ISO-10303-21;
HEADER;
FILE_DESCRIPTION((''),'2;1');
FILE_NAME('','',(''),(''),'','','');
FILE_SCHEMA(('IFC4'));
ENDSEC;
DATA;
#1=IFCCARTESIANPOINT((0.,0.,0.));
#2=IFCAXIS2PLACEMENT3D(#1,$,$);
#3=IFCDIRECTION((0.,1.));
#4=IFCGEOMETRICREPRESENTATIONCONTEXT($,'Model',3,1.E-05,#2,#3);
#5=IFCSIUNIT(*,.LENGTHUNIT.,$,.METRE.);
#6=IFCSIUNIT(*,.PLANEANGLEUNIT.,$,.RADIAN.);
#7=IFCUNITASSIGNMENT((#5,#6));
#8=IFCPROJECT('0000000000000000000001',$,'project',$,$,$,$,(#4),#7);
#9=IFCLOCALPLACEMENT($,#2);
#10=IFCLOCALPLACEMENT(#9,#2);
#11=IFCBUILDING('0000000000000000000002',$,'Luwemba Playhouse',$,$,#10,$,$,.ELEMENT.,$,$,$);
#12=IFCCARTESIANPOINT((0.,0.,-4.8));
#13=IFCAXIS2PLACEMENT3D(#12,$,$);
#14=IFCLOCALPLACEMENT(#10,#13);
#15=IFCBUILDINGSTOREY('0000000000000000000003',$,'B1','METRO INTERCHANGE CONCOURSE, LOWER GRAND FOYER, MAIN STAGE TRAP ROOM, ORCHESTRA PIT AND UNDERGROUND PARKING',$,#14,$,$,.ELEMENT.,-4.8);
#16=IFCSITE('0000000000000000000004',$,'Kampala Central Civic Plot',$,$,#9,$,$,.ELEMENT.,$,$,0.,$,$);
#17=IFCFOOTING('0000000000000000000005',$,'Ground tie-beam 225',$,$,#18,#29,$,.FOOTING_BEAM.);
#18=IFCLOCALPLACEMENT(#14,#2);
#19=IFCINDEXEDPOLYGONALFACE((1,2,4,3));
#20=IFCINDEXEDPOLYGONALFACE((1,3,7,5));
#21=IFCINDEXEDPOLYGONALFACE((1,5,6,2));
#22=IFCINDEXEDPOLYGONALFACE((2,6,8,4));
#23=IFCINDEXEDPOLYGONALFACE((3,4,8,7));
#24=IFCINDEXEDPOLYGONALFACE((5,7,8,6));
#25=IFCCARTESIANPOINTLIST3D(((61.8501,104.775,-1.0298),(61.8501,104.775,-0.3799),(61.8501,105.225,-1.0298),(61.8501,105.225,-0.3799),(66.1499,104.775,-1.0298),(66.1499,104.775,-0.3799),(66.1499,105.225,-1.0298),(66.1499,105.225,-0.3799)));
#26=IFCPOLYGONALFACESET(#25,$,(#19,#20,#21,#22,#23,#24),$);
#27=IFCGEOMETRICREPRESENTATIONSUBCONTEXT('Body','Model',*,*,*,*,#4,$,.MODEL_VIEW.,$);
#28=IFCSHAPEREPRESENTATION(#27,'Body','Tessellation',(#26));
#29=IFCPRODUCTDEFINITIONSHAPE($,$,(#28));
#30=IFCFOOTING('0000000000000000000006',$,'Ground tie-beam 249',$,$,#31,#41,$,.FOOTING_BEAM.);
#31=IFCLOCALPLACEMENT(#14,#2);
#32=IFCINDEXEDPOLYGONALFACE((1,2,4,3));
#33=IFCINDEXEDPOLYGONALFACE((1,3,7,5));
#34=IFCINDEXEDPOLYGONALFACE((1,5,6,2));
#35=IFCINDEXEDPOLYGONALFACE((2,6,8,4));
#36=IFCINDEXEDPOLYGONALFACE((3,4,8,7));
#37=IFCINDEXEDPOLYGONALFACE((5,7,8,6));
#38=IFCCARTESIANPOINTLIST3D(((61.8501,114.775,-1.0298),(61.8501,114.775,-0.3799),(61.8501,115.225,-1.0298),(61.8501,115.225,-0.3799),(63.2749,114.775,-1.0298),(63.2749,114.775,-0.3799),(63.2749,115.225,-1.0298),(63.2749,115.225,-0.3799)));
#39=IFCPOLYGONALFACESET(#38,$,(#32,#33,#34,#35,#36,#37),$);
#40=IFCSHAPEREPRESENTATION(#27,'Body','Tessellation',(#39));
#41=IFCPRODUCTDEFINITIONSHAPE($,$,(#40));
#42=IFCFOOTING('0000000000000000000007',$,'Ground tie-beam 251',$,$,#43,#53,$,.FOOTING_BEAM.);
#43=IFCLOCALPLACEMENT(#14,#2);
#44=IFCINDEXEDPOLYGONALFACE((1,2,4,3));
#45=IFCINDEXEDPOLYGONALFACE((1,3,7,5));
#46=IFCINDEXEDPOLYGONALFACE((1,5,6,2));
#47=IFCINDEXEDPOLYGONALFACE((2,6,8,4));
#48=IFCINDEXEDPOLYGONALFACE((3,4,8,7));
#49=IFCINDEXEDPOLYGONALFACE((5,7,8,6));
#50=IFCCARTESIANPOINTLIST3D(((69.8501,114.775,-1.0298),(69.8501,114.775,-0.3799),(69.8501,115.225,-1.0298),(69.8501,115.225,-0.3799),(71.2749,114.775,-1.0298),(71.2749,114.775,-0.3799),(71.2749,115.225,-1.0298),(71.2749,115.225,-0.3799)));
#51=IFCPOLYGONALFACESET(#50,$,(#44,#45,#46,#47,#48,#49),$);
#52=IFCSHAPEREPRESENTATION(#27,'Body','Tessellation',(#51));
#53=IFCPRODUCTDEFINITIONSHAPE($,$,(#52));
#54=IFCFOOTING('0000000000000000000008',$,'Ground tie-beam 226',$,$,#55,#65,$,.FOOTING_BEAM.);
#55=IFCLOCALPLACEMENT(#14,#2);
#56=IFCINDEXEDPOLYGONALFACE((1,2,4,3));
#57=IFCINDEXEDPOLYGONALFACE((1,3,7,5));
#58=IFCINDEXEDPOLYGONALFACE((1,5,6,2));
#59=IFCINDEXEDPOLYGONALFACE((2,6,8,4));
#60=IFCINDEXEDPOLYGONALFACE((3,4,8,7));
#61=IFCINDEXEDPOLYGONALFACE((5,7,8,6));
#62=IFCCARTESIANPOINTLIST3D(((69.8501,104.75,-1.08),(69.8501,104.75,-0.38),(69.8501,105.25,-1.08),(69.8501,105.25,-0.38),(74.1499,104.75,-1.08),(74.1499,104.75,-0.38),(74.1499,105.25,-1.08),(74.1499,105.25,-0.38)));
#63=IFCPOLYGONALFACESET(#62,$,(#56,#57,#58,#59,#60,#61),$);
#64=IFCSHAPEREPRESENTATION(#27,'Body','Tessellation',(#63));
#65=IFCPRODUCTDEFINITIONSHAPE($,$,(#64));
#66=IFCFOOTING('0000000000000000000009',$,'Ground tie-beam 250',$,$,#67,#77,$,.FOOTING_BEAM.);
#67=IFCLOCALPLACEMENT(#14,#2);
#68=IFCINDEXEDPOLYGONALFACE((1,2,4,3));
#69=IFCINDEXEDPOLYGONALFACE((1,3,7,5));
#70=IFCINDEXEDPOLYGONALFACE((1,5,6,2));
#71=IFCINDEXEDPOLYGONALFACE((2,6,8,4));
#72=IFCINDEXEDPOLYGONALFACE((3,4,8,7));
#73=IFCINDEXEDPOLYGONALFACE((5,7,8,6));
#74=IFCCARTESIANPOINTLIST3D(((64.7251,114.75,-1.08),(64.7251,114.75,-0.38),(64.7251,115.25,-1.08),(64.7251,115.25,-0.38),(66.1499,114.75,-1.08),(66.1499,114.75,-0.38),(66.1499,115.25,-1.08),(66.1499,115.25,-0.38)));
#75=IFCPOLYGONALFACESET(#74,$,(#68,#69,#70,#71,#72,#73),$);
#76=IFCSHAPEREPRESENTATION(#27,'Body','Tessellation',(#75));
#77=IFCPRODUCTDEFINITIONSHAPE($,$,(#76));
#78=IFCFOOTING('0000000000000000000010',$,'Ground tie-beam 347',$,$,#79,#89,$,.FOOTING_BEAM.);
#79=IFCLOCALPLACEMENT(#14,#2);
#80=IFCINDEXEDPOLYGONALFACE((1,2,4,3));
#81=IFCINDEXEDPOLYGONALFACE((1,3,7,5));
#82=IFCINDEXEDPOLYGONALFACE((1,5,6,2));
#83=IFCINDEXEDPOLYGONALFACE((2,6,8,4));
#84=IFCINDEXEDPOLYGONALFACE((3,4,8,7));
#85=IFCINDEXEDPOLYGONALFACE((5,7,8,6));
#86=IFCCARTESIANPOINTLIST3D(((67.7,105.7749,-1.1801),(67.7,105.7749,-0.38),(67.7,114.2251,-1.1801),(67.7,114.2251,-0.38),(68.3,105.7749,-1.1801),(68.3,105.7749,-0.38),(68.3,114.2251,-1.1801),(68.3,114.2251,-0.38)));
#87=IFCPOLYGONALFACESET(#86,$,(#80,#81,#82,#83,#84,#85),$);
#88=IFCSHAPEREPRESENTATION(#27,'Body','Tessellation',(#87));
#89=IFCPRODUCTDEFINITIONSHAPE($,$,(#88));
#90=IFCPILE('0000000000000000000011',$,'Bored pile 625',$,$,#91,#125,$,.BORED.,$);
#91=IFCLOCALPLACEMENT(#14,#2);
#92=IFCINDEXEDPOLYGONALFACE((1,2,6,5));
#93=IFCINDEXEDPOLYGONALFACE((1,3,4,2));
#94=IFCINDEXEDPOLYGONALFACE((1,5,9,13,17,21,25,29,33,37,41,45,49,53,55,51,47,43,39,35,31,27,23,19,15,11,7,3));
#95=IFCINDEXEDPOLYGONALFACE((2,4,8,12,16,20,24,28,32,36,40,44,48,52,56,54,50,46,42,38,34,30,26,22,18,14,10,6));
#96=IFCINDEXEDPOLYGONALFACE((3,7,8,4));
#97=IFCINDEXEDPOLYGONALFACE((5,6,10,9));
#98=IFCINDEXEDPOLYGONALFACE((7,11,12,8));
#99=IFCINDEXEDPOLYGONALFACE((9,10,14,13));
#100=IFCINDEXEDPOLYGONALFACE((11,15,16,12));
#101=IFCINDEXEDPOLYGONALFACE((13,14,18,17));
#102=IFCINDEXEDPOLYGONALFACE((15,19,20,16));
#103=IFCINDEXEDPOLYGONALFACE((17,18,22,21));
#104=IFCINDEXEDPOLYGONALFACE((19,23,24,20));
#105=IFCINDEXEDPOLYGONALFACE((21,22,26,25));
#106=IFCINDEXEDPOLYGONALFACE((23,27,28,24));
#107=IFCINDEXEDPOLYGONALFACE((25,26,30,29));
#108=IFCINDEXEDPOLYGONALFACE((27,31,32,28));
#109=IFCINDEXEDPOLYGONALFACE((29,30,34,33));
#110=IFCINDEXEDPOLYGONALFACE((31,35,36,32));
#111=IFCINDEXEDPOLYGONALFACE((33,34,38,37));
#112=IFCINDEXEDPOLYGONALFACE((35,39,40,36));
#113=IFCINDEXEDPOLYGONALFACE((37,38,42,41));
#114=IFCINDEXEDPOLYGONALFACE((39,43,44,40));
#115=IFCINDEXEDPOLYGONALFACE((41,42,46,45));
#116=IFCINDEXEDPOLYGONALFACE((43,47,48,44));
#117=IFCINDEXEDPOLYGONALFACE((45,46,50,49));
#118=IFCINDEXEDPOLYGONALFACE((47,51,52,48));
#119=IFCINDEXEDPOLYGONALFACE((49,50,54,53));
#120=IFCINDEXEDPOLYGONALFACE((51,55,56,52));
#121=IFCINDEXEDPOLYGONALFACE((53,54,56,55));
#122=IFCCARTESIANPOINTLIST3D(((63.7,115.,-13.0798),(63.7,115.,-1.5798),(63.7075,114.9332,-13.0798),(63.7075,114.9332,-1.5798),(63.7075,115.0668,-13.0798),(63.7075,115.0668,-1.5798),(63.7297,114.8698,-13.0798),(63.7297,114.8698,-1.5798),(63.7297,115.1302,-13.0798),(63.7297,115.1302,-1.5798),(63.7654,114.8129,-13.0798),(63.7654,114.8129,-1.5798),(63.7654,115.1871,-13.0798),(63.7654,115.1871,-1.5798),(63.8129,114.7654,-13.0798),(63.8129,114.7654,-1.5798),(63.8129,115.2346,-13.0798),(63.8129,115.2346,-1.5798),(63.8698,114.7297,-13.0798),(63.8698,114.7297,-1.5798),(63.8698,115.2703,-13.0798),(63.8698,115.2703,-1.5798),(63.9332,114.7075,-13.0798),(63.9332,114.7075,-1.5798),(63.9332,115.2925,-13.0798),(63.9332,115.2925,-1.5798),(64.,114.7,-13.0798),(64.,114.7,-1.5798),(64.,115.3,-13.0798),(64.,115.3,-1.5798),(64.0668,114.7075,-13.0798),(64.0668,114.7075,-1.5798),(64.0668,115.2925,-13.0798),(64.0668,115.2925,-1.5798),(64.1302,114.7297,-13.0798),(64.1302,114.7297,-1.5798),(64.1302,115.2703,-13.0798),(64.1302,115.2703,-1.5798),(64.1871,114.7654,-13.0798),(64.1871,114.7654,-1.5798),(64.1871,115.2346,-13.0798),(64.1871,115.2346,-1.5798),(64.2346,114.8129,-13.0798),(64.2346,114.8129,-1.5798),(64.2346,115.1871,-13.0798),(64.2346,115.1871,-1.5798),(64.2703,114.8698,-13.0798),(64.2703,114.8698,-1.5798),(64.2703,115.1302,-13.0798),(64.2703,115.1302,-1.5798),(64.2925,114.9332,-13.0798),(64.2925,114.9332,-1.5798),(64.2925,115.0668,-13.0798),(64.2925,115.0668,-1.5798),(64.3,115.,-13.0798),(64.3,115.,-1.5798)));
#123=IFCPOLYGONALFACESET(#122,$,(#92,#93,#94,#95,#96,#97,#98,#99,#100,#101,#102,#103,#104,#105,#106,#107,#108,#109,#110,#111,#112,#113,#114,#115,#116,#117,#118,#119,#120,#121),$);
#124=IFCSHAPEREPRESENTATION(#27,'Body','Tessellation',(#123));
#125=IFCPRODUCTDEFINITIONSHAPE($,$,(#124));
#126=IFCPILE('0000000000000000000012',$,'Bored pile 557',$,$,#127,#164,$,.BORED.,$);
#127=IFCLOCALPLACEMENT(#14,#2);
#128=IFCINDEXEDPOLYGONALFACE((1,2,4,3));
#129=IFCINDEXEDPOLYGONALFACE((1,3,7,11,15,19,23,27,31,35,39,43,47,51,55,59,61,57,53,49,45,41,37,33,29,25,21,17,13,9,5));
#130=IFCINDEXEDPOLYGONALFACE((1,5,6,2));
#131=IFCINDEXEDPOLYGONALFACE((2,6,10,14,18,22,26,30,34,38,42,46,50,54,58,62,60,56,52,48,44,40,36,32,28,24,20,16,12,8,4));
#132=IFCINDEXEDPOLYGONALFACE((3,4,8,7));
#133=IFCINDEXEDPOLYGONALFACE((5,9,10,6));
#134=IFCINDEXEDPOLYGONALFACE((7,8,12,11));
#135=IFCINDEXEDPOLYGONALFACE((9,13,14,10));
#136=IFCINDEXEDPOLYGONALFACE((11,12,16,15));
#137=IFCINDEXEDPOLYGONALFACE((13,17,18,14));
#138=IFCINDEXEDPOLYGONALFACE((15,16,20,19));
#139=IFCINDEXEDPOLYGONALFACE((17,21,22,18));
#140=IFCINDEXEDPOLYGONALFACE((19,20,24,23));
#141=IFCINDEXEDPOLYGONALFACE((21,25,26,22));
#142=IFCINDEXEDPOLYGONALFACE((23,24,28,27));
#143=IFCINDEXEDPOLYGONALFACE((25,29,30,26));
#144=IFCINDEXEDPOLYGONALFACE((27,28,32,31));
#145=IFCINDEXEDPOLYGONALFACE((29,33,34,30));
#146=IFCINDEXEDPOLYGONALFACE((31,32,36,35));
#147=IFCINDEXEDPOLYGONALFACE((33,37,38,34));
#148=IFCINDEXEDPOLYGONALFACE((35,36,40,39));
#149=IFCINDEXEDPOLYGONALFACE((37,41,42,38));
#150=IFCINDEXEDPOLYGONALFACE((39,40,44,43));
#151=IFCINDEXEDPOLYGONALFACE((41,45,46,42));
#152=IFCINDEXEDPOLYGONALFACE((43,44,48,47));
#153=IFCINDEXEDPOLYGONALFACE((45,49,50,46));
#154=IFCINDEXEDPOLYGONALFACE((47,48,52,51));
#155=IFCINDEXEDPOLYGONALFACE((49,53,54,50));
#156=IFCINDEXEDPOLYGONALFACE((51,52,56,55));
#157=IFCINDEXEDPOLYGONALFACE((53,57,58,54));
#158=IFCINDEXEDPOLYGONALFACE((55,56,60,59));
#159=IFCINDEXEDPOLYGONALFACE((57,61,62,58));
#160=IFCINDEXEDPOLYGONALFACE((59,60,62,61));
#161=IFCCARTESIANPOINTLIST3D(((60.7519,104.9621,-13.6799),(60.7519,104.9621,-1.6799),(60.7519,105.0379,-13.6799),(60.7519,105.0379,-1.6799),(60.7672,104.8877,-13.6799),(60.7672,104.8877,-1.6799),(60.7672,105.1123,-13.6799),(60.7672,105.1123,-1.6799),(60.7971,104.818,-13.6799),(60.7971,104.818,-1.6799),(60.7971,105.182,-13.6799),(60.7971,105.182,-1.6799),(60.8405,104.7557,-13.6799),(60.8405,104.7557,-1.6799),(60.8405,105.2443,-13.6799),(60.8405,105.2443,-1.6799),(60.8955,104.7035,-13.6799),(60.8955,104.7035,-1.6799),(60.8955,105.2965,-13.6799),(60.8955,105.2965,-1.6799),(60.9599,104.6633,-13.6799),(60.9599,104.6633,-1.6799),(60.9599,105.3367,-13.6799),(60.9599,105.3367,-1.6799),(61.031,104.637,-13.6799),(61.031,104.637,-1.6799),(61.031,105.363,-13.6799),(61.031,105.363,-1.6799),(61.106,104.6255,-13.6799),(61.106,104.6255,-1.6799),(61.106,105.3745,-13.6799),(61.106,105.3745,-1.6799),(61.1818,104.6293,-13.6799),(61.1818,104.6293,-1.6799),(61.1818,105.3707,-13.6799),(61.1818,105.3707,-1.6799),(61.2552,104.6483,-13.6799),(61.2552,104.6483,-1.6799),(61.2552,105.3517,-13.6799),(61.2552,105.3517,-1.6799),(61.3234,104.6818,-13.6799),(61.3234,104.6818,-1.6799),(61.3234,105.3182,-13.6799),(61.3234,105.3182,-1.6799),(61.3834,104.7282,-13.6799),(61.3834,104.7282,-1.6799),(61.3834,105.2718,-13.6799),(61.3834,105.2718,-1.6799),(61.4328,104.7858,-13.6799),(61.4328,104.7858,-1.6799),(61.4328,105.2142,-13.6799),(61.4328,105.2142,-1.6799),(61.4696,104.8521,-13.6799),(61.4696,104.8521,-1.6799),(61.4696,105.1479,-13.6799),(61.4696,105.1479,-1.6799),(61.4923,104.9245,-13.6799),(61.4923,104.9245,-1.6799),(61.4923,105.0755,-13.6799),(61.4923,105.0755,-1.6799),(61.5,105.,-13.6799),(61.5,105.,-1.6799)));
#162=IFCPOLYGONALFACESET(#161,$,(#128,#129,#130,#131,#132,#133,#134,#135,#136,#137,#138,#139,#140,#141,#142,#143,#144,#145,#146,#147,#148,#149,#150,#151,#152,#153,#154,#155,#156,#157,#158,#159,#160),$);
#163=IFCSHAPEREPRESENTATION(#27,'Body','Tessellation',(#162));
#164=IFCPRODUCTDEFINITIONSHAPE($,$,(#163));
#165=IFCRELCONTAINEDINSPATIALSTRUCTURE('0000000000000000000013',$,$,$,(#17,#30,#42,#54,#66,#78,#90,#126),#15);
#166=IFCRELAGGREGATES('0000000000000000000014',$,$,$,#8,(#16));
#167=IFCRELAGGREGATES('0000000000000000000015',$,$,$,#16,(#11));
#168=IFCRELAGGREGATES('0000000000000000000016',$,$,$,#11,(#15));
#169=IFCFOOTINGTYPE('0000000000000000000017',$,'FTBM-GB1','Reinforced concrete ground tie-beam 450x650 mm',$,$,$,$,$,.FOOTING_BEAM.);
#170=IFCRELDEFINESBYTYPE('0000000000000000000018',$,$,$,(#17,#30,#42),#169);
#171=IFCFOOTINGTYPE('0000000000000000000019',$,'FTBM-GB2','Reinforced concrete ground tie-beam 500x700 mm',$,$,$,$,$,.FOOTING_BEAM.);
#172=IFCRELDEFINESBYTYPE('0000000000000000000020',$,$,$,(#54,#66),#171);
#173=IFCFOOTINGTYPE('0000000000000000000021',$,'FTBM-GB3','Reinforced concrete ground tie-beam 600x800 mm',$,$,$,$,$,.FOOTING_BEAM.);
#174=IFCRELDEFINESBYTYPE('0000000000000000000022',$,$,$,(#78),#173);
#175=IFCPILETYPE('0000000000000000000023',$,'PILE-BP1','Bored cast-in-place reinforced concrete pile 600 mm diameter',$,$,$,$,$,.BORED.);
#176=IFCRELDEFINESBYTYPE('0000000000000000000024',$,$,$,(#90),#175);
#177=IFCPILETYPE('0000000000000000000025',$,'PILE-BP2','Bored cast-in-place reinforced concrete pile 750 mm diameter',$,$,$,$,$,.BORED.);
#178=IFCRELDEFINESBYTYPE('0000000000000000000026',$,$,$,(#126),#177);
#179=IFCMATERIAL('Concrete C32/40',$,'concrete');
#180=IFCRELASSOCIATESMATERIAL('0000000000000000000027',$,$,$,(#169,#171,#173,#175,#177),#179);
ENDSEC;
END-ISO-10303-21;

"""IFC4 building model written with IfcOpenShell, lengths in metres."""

from ifc_helpers import new_model, si_unit, direction, frame, origin, origin_2d, place, context, subcontext, project, spatial, rectangle, circle, extrude, material, material_profile, profile_set, type_object, element, save


model = new_model("IFC4")

# Units and contexts
model_context = context("Model", 3, precision=1e-05, world=origin(), true_north=direction((0.0, 1.0)))
body_context = subcontext(model_context, "Body", "Model", "MODEL_VIEW")
ifc_project = project(units=[si_unit("LENGTHUNIT", "METRE"), si_unit("PLANEANGLEUNIT", "RADIAN")], contexts=[model_context])

# Site, building, storey
site_placement = place(None, origin())
site = spatial("IfcSite", under=ifc_project, at=site_placement, Name="Kampala Central Civic Plot", CompositionType="ELEMENT", RefElevation=0.0)
building_placement = place(site_placement, origin())
building = spatial("IfcBuilding", under=site, at=building_placement, Name="Luwemba Playhouse", CompositionType="ELEMENT")
storey_placement = place(building_placement, frame((0.0, 0.0, -4.8)))
storey = spatial("IfcBuildingStorey", under=building, at=storey_placement, Name="B1", Description="METRO INTERCHANGE CONCOURSE, LOWER GRAND FOYER, MAIN STAGE TRAP ROOM, ORCHESTRA PIT AND UNDERGROUND PARKING", CompositionType="ELEMENT", Elevation=-4.8)

# Footings
ifc_material_1 = material(Name="Concrete C32/40", Category="concrete")
ifc_material_profile_1 = material_profile(ifc_material_1, rectangle(XDim=0.45, YDim=0.6499, at=origin_2d()))
ifc_profile_set_1 = profile_set([ifc_material_profile_1], Name="Concrete C32/40")
footing_type_1 = type_object("IfcFootingType", Name="FTBM-GB1", Description="Reinforced concrete ground tie-beam 450x650 mm", PredefinedType="FOOTING_BEAM", material=ifc_profile_set_1)
footing_1_placement = place(storey_placement, frame((61.8501, 105.0, -0.7048), z_axis=(1.0, 0.0, 0.0), x_axis=(0.0, 1.0, 0.0)))
element("IfcFooting", 1, at=footing_1_placement, inside=storey, type_object=footing_type_1, Name="Ground tie-beam 225", PredefinedType="FOOTING_BEAM", context=body_context, shape_type="SweptSolid", body=[
    extrude(rectangle(XDim=0.45, YDim=0.6499, at=origin_2d()), origin(), (0.0, 0.0, 1.0), 4.2998),
])
for number, where, z_axis, x_axis, name in (
    (2, (61.8501, 115.0, -0.7048), (1.0, 0.0, 0.0), (0.0, 1.0, 0.0), "Ground tie-beam 249"),
    (3, (69.8501, 115.0, -0.7048), (1.0, 0.0, 0.0), (0.0, 1.0, 0.0), "Ground tie-beam 251"),
):
    element("IfcFooting", number, at=place(storey_placement, frame(where, z_axis=z_axis, x_axis=x_axis)), inside=storey, type_object=footing_type_1, Name=name, PredefinedType="FOOTING_BEAM", context=body_context, shape_type="SweptSolid", body=[
        extrude(rectangle(XDim=0.45, YDim=0.6499, at=origin_2d()), origin(), (0.0, 0.0, 1.0), 1.4248),
    ])
ifc_material_profile_2 = material_profile(ifc_material_1, rectangle(XDim=0.5, YDim=0.7, at=origin_2d()))
ifc_profile_set_2 = profile_set([ifc_material_profile_2], Name="Concrete C32/40")
footing_type_2 = type_object("IfcFootingType", Name="FTBM-GB2", Description="Reinforced concrete ground tie-beam 500x700 mm", PredefinedType="FOOTING_BEAM", material=ifc_profile_set_2)
footing_2_placement = place(storey_placement, frame((69.8501, 105.0, -0.73), z_axis=(1.0, 0.0, 0.0), x_axis=(0.0, 1.0, 0.0)))
element("IfcFooting", 4, at=footing_2_placement, inside=storey, type_object=footing_type_2, Name="Ground tie-beam 226", PredefinedType="FOOTING_BEAM", context=body_context, shape_type="SweptSolid", body=[
    extrude(rectangle(XDim=0.5, YDim=0.7, at=origin_2d()), origin(), (0.0, 0.0, 1.0), 4.2998),
])
footing_3_placement = place(storey_placement, frame((64.7251, 115.0, -0.73), z_axis=(1.0, 0.0, 0.0), x_axis=(0.0, 1.0, 0.0)))
element("IfcFooting", 5, at=footing_3_placement, inside=storey, type_object=footing_type_2, Name="Ground tie-beam 250", PredefinedType="FOOTING_BEAM", context=body_context, shape_type="SweptSolid", body=[
    extrude(rectangle(XDim=0.5, YDim=0.7, at=origin_2d()), origin(), (0.0, 0.0, 1.0), 1.4248),
])
ifc_material_profile_3 = material_profile(ifc_material_1, rectangle(XDim=0.6001, YDim=0.8, at=origin_2d()))
ifc_profile_set_3 = profile_set([ifc_material_profile_3], Name="Concrete C32/40")
footing_type_3 = type_object("IfcFootingType", Name="FTBM-GB3", Description="Reinforced concrete ground tie-beam 600x800 mm", PredefinedType="FOOTING_BEAM", material=ifc_profile_set_3)
footing_4_placement = place(storey_placement, frame((68.0, 105.7749, -0.78), z_axis=(0.0, 1.0, 0.0), x_axis=(-1.0, 0.0, 0.0)))
element("IfcFooting", 6, at=footing_4_placement, inside=storey, type_object=footing_type_3, Name="Ground tie-beam 347", PredefinedType="FOOTING_BEAM", context=body_context, shape_type="SweptSolid", body=[
    extrude(rectangle(XDim=0.6001, YDim=0.8, at=origin_2d()), origin(), (0.0, 0.0, 1.0), 8.4502),
])

# Piles
ifc_material_profile_4 = material_profile(ifc_material_1, circle(Radius=0.3, at=origin_2d()))
ifc_profile_set_4 = profile_set([ifc_material_profile_4], Name="Concrete C32/40")
pile_type_1 = type_object("IfcPileType", Name="PILE-BP1", Description="Bored cast-in-place reinforced concrete pile 600 mm diameter", PredefinedType="BORED", material=ifc_profile_set_4)
pile_placement = place(storey_placement, frame((64.0, 115.0, -1.5798), z_axis=(0.0, 0.0, -1.0), x_axis=(1.0, 0.0, 0.0)))
element("IfcPile", 7, at=pile_placement, inside=storey, type_object=pile_type_1, Name="Bored pile 625", PredefinedType="BORED", context=body_context, shape_type="SweptSolid", body=[
    extrude(circle(Radius=0.3, at=origin_2d()), origin(), (0.0, 0.0, 1.0), 11.5),
])
ifc_material_profile_5 = material_profile(ifc_material_1, circle(Radius=0.375, at=origin_2d()))
ifc_profile_set_5 = profile_set([ifc_material_profile_5], Name="Concrete C32/40")
pile_type_2 = type_object("IfcPileType", Name="PILE-BP2", Description="Bored cast-in-place reinforced concrete pile 750 mm diameter", PredefinedType="BORED", material=ifc_profile_set_5)
for number, where, z_axis, x_axis, name in (
    (8, (61.125, 105.0, -1.6799), (0.0, 0.0, -1.0), (1.0, 0.0, 0.0), "Bored pile 557"),
):
    element("IfcPile", number, at=place(storey_placement, frame(where, z_axis=z_axis, x_axis=x_axis)), inside=storey, type_object=pile_type_2, Name=name, PredefinedType="BORED", context=body_context, shape_type="SweptSolid", body=[
        extrude(circle(Radius=0.375, at=origin_2d()), origin(), (0.0, 0.0, 1.0), 12.0),
    ])

save(model, "model.ifc")
